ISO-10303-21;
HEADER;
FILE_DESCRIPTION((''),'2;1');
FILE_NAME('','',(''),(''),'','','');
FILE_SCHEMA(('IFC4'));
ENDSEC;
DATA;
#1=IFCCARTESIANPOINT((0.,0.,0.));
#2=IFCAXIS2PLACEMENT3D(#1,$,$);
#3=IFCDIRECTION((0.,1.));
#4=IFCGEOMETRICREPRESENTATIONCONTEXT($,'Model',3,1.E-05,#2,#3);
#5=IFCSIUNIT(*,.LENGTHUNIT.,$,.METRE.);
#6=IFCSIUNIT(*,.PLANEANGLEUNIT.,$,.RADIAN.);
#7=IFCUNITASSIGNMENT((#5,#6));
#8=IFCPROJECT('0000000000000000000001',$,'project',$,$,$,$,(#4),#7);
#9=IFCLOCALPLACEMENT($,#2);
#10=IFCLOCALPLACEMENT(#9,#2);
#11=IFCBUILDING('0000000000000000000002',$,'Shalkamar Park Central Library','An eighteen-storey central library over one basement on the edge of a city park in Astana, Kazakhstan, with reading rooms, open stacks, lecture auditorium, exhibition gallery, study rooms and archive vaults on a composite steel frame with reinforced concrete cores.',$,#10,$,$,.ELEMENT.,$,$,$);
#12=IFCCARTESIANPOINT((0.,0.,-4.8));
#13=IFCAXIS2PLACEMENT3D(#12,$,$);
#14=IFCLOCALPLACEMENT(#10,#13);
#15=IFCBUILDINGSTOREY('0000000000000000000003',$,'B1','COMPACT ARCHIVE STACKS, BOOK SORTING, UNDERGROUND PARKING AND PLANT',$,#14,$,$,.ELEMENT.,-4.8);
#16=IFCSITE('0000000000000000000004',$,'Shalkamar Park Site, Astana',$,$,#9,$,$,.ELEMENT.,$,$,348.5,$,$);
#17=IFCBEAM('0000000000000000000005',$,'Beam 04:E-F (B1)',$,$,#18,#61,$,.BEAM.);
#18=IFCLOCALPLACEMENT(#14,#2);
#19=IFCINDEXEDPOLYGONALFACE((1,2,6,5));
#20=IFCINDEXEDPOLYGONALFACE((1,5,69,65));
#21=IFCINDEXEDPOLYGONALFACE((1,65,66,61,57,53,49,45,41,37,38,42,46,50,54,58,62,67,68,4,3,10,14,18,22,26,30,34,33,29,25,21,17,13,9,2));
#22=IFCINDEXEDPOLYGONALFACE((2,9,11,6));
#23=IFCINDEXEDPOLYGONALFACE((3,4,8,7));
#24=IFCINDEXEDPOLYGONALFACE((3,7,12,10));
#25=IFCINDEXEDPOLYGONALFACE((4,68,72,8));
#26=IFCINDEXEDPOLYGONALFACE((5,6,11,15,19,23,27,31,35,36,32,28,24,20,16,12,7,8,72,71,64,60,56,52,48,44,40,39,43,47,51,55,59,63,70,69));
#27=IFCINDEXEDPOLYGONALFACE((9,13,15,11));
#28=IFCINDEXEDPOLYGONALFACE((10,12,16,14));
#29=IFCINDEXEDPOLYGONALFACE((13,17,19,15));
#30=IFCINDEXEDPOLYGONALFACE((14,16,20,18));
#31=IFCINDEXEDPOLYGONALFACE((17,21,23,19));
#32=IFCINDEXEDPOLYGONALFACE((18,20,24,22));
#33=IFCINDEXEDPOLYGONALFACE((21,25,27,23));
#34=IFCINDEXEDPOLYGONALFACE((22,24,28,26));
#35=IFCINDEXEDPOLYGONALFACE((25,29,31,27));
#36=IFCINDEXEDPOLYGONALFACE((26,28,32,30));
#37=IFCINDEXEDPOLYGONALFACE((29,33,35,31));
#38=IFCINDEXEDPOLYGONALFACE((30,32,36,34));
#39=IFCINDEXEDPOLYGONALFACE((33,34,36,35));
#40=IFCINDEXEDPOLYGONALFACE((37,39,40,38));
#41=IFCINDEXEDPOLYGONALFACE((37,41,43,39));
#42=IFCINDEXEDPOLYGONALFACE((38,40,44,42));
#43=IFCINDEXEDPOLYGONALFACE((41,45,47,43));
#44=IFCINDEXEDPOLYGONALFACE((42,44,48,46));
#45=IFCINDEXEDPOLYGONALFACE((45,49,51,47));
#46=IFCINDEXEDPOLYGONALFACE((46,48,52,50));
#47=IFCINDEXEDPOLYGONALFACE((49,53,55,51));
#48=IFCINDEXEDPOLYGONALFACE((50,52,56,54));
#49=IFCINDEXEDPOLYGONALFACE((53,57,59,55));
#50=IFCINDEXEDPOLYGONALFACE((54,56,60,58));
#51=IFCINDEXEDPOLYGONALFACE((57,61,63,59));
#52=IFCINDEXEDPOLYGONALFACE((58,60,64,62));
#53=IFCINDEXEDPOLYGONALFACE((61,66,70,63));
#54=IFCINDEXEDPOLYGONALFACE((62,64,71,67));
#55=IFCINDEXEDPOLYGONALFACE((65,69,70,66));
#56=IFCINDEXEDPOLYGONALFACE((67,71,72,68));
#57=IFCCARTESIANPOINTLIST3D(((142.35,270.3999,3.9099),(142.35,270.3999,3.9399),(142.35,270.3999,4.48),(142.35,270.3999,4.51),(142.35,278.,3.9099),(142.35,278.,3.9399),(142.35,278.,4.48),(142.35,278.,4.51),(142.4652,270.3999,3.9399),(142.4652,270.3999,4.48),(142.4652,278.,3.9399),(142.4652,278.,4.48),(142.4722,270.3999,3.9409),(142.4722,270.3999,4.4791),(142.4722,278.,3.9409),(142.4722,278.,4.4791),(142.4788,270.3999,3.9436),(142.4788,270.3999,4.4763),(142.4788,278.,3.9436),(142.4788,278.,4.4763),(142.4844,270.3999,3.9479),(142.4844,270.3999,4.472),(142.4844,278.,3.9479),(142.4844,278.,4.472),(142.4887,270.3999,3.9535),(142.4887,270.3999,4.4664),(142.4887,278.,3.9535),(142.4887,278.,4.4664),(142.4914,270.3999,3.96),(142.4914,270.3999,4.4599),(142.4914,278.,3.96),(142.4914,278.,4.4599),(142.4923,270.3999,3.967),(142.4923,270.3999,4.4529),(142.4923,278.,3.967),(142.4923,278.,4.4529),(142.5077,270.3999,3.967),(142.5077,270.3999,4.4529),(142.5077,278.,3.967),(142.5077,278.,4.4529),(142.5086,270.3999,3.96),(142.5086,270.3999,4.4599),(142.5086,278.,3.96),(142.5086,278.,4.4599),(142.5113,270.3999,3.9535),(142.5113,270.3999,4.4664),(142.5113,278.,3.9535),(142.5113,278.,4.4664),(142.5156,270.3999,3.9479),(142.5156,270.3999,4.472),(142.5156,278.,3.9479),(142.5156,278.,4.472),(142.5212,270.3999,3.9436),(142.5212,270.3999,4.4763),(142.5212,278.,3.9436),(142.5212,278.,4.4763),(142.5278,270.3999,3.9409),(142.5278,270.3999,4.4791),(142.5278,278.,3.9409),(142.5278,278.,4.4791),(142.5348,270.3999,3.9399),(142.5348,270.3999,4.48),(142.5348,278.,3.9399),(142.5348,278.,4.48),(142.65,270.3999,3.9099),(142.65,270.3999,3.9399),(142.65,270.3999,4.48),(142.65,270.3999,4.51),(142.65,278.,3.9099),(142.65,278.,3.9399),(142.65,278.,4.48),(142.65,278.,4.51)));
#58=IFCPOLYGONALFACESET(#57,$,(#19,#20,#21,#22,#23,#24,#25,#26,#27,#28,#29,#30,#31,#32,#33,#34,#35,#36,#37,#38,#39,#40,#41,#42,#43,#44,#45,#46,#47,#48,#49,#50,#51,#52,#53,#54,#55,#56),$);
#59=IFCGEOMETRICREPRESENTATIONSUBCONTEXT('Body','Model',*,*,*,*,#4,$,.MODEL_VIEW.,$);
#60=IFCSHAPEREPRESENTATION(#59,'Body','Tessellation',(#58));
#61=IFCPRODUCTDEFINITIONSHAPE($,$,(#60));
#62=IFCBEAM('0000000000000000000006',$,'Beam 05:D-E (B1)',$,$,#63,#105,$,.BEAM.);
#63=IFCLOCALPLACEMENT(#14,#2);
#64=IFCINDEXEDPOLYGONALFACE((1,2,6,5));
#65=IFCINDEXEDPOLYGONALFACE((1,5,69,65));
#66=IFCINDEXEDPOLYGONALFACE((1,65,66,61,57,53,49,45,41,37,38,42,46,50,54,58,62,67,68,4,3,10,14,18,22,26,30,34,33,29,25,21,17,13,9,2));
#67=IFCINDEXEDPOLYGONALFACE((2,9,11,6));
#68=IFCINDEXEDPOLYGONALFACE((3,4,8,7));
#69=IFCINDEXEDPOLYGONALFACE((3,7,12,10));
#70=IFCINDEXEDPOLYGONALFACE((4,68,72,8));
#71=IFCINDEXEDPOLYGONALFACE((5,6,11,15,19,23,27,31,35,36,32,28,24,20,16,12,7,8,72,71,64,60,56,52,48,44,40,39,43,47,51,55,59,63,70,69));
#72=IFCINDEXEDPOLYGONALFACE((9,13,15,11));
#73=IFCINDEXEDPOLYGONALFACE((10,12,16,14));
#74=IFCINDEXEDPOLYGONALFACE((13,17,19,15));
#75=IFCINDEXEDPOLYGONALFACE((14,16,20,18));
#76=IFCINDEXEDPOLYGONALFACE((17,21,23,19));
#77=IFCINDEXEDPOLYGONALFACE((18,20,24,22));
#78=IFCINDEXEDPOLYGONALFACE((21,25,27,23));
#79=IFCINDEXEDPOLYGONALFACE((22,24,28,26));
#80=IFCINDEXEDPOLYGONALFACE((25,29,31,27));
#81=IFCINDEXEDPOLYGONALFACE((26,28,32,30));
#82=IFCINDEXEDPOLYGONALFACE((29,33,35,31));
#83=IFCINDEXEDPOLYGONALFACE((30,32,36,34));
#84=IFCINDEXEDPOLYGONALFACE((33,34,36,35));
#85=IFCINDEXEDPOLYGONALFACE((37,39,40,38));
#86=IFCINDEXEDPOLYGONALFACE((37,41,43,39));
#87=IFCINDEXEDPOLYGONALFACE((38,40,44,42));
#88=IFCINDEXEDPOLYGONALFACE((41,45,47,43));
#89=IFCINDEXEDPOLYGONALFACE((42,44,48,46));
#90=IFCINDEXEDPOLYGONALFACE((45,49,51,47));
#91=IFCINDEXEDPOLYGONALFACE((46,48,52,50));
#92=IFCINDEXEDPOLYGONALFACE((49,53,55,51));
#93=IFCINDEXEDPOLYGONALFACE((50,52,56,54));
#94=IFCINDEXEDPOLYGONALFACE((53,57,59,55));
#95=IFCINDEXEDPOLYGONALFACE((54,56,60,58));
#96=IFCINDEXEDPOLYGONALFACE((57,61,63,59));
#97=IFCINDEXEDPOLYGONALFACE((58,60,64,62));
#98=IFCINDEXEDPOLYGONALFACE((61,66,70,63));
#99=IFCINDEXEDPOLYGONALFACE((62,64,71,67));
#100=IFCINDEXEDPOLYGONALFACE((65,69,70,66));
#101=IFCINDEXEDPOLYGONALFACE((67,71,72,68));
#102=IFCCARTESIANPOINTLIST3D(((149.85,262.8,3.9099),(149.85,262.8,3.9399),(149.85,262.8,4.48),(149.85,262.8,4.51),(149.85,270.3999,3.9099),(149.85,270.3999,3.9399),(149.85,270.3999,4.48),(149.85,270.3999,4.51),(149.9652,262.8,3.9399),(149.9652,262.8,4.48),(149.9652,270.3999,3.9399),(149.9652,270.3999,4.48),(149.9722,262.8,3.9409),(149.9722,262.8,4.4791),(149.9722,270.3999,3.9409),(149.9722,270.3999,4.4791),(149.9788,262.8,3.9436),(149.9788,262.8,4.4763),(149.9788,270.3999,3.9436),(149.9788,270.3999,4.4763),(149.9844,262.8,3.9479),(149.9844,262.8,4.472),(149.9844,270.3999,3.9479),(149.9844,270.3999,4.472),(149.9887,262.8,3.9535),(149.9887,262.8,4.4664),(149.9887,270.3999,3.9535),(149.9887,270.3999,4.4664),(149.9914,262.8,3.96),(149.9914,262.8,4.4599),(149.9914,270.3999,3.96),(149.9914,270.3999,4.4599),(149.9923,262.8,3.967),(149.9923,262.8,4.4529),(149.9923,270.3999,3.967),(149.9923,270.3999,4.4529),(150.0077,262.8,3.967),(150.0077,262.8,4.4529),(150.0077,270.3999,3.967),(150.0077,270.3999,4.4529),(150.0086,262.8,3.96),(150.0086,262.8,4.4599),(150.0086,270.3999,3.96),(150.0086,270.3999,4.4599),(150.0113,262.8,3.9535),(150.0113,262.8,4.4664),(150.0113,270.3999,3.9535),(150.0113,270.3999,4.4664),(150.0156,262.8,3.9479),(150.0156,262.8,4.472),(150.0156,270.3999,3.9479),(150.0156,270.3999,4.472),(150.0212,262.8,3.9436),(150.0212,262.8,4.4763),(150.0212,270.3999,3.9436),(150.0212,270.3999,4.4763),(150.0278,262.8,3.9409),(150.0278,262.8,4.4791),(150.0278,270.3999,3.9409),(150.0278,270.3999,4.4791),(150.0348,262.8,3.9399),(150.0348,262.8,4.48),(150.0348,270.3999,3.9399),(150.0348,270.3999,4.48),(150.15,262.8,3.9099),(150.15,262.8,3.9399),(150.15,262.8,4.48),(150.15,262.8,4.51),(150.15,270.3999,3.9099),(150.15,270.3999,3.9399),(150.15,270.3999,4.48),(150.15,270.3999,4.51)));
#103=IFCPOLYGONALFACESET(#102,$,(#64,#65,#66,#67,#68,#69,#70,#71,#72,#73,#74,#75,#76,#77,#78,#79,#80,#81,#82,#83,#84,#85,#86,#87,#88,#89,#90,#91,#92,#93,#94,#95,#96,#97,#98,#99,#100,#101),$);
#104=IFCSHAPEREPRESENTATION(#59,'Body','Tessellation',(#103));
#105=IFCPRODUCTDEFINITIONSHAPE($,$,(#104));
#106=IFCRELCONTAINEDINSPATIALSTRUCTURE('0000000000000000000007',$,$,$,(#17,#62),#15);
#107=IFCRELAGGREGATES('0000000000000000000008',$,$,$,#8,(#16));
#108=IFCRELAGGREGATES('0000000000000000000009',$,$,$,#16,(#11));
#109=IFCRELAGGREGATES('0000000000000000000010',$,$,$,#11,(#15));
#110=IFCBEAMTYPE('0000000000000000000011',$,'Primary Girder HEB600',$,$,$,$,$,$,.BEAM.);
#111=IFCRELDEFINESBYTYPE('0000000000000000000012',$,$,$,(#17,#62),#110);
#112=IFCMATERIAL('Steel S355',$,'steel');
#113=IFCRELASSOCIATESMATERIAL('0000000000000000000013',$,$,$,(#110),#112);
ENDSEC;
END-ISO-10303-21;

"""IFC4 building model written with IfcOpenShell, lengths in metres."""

from ifc_helpers import new_model, si_unit, direction, frame, origin, origin_2d, place, context, subcontext, project, spatial, i_section, extrude, material, material_profile, profile_set, type_object, element, save


model = new_model("IFC4")

# Units and contexts
model_context = context("Model", 3, precision=1e-05, world=origin(), true_north=direction((0.0, 1.0)))
body_context = subcontext(model_context, "Body", "Model", "MODEL_VIEW")
ifc_project = project(units=[si_unit("LENGTHUNIT", "METRE"), si_unit("PLANEANGLEUNIT", "RADIAN")], contexts=[model_context])

# Site, building, storey
site_placement = place(None, origin())
site = spatial("IfcSite", under=ifc_project, at=site_placement, Name="Shalkamar Park Site, Astana", CompositionType="ELEMENT", RefElevation=348.5)
building_placement = place(site_placement, origin())
building = spatial("IfcBuilding", under=site, at=building_placement, Name="Shalkamar Park Central Library", Description="An eighteen-storey central library over one basement on the edge of a city park in Astana, Kazakhstan, with reading rooms, open stacks, lecture auditorium, exhibition gallery, study rooms and archive vaults on a composite steel frame with reinforced concrete cores.", CompositionType="ELEMENT")
storey_placement = place(building_placement, frame((0.0, 0.0, -4.8)))
storey = spatial("IfcBuildingStorey", under=building, at=storey_placement, Name="B1", Description="COMPACT ARCHIVE STACKS, BOOK SORTING, UNDERGROUND PARKING AND PLANT", CompositionType="ELEMENT", Elevation=-4.8)

# Shared definitions
ifc_material_1 = material(Name="Steel S355", Category="steel")

# Beams
ifc_material_profile_1 = material_profile(ifc_material_1, i_section(OverallWidth=0.3, OverallDepth=0.6001, WebThickness=0.0154, FlangeThickness=0.03, FilletRadius=0.0271, at=origin_2d()), Name="HEB 600")
ifc_profile_set_1 = profile_set([ifc_material_profile_1], Name="Steel S355")
beam_type = type_object("IfcBeamType", Name="Primary Girder HEB600", PredefinedType="BEAM", material=ifc_profile_set_1)
beam_1_placement = place(storey_placement, frame((142.5, 270.3999, 4.21), z_axis=(0.0, 1.0, 0.0), x_axis=(-1.0, 0.0, 0.0)))
element("IfcBeam", 1, at=beam_1_placement, inside=storey, type_object=beam_type, Name="Beam 04:E-F (B1)", PredefinedType="BEAM", context=body_context, shape_type="SweptSolid", body=[
    extrude(i_section(OverallWidth=0.3, OverallDepth=0.6001, WebThickness=0.0154, FlangeThickness=0.03, FilletRadius=0.0271, at=origin_2d()), origin(), (0.0, 0.0, 1.0), 7.6001),
])
beam_2_placement = place(storey_placement, frame((150.0, 262.8, 4.21), z_axis=(0.0, 1.0, 0.0), x_axis=(-1.0, 0.0, 0.0)))
element("IfcBeam", 2, at=beam_2_placement, inside=storey, type_object=beam_type, Name="Beam 05:D-E (B1)", PredefinedType="BEAM", context=body_context, shape_type="SweptSolid", body=[
    extrude(i_section(OverallWidth=0.3, OverallDepth=0.6001, WebThickness=0.0154, FlangeThickness=0.03, FilletRadius=0.0271, at=origin_2d()), origin(), (0.0, 0.0, 1.0), 7.5999),
])

save(model, "model.ifc")
